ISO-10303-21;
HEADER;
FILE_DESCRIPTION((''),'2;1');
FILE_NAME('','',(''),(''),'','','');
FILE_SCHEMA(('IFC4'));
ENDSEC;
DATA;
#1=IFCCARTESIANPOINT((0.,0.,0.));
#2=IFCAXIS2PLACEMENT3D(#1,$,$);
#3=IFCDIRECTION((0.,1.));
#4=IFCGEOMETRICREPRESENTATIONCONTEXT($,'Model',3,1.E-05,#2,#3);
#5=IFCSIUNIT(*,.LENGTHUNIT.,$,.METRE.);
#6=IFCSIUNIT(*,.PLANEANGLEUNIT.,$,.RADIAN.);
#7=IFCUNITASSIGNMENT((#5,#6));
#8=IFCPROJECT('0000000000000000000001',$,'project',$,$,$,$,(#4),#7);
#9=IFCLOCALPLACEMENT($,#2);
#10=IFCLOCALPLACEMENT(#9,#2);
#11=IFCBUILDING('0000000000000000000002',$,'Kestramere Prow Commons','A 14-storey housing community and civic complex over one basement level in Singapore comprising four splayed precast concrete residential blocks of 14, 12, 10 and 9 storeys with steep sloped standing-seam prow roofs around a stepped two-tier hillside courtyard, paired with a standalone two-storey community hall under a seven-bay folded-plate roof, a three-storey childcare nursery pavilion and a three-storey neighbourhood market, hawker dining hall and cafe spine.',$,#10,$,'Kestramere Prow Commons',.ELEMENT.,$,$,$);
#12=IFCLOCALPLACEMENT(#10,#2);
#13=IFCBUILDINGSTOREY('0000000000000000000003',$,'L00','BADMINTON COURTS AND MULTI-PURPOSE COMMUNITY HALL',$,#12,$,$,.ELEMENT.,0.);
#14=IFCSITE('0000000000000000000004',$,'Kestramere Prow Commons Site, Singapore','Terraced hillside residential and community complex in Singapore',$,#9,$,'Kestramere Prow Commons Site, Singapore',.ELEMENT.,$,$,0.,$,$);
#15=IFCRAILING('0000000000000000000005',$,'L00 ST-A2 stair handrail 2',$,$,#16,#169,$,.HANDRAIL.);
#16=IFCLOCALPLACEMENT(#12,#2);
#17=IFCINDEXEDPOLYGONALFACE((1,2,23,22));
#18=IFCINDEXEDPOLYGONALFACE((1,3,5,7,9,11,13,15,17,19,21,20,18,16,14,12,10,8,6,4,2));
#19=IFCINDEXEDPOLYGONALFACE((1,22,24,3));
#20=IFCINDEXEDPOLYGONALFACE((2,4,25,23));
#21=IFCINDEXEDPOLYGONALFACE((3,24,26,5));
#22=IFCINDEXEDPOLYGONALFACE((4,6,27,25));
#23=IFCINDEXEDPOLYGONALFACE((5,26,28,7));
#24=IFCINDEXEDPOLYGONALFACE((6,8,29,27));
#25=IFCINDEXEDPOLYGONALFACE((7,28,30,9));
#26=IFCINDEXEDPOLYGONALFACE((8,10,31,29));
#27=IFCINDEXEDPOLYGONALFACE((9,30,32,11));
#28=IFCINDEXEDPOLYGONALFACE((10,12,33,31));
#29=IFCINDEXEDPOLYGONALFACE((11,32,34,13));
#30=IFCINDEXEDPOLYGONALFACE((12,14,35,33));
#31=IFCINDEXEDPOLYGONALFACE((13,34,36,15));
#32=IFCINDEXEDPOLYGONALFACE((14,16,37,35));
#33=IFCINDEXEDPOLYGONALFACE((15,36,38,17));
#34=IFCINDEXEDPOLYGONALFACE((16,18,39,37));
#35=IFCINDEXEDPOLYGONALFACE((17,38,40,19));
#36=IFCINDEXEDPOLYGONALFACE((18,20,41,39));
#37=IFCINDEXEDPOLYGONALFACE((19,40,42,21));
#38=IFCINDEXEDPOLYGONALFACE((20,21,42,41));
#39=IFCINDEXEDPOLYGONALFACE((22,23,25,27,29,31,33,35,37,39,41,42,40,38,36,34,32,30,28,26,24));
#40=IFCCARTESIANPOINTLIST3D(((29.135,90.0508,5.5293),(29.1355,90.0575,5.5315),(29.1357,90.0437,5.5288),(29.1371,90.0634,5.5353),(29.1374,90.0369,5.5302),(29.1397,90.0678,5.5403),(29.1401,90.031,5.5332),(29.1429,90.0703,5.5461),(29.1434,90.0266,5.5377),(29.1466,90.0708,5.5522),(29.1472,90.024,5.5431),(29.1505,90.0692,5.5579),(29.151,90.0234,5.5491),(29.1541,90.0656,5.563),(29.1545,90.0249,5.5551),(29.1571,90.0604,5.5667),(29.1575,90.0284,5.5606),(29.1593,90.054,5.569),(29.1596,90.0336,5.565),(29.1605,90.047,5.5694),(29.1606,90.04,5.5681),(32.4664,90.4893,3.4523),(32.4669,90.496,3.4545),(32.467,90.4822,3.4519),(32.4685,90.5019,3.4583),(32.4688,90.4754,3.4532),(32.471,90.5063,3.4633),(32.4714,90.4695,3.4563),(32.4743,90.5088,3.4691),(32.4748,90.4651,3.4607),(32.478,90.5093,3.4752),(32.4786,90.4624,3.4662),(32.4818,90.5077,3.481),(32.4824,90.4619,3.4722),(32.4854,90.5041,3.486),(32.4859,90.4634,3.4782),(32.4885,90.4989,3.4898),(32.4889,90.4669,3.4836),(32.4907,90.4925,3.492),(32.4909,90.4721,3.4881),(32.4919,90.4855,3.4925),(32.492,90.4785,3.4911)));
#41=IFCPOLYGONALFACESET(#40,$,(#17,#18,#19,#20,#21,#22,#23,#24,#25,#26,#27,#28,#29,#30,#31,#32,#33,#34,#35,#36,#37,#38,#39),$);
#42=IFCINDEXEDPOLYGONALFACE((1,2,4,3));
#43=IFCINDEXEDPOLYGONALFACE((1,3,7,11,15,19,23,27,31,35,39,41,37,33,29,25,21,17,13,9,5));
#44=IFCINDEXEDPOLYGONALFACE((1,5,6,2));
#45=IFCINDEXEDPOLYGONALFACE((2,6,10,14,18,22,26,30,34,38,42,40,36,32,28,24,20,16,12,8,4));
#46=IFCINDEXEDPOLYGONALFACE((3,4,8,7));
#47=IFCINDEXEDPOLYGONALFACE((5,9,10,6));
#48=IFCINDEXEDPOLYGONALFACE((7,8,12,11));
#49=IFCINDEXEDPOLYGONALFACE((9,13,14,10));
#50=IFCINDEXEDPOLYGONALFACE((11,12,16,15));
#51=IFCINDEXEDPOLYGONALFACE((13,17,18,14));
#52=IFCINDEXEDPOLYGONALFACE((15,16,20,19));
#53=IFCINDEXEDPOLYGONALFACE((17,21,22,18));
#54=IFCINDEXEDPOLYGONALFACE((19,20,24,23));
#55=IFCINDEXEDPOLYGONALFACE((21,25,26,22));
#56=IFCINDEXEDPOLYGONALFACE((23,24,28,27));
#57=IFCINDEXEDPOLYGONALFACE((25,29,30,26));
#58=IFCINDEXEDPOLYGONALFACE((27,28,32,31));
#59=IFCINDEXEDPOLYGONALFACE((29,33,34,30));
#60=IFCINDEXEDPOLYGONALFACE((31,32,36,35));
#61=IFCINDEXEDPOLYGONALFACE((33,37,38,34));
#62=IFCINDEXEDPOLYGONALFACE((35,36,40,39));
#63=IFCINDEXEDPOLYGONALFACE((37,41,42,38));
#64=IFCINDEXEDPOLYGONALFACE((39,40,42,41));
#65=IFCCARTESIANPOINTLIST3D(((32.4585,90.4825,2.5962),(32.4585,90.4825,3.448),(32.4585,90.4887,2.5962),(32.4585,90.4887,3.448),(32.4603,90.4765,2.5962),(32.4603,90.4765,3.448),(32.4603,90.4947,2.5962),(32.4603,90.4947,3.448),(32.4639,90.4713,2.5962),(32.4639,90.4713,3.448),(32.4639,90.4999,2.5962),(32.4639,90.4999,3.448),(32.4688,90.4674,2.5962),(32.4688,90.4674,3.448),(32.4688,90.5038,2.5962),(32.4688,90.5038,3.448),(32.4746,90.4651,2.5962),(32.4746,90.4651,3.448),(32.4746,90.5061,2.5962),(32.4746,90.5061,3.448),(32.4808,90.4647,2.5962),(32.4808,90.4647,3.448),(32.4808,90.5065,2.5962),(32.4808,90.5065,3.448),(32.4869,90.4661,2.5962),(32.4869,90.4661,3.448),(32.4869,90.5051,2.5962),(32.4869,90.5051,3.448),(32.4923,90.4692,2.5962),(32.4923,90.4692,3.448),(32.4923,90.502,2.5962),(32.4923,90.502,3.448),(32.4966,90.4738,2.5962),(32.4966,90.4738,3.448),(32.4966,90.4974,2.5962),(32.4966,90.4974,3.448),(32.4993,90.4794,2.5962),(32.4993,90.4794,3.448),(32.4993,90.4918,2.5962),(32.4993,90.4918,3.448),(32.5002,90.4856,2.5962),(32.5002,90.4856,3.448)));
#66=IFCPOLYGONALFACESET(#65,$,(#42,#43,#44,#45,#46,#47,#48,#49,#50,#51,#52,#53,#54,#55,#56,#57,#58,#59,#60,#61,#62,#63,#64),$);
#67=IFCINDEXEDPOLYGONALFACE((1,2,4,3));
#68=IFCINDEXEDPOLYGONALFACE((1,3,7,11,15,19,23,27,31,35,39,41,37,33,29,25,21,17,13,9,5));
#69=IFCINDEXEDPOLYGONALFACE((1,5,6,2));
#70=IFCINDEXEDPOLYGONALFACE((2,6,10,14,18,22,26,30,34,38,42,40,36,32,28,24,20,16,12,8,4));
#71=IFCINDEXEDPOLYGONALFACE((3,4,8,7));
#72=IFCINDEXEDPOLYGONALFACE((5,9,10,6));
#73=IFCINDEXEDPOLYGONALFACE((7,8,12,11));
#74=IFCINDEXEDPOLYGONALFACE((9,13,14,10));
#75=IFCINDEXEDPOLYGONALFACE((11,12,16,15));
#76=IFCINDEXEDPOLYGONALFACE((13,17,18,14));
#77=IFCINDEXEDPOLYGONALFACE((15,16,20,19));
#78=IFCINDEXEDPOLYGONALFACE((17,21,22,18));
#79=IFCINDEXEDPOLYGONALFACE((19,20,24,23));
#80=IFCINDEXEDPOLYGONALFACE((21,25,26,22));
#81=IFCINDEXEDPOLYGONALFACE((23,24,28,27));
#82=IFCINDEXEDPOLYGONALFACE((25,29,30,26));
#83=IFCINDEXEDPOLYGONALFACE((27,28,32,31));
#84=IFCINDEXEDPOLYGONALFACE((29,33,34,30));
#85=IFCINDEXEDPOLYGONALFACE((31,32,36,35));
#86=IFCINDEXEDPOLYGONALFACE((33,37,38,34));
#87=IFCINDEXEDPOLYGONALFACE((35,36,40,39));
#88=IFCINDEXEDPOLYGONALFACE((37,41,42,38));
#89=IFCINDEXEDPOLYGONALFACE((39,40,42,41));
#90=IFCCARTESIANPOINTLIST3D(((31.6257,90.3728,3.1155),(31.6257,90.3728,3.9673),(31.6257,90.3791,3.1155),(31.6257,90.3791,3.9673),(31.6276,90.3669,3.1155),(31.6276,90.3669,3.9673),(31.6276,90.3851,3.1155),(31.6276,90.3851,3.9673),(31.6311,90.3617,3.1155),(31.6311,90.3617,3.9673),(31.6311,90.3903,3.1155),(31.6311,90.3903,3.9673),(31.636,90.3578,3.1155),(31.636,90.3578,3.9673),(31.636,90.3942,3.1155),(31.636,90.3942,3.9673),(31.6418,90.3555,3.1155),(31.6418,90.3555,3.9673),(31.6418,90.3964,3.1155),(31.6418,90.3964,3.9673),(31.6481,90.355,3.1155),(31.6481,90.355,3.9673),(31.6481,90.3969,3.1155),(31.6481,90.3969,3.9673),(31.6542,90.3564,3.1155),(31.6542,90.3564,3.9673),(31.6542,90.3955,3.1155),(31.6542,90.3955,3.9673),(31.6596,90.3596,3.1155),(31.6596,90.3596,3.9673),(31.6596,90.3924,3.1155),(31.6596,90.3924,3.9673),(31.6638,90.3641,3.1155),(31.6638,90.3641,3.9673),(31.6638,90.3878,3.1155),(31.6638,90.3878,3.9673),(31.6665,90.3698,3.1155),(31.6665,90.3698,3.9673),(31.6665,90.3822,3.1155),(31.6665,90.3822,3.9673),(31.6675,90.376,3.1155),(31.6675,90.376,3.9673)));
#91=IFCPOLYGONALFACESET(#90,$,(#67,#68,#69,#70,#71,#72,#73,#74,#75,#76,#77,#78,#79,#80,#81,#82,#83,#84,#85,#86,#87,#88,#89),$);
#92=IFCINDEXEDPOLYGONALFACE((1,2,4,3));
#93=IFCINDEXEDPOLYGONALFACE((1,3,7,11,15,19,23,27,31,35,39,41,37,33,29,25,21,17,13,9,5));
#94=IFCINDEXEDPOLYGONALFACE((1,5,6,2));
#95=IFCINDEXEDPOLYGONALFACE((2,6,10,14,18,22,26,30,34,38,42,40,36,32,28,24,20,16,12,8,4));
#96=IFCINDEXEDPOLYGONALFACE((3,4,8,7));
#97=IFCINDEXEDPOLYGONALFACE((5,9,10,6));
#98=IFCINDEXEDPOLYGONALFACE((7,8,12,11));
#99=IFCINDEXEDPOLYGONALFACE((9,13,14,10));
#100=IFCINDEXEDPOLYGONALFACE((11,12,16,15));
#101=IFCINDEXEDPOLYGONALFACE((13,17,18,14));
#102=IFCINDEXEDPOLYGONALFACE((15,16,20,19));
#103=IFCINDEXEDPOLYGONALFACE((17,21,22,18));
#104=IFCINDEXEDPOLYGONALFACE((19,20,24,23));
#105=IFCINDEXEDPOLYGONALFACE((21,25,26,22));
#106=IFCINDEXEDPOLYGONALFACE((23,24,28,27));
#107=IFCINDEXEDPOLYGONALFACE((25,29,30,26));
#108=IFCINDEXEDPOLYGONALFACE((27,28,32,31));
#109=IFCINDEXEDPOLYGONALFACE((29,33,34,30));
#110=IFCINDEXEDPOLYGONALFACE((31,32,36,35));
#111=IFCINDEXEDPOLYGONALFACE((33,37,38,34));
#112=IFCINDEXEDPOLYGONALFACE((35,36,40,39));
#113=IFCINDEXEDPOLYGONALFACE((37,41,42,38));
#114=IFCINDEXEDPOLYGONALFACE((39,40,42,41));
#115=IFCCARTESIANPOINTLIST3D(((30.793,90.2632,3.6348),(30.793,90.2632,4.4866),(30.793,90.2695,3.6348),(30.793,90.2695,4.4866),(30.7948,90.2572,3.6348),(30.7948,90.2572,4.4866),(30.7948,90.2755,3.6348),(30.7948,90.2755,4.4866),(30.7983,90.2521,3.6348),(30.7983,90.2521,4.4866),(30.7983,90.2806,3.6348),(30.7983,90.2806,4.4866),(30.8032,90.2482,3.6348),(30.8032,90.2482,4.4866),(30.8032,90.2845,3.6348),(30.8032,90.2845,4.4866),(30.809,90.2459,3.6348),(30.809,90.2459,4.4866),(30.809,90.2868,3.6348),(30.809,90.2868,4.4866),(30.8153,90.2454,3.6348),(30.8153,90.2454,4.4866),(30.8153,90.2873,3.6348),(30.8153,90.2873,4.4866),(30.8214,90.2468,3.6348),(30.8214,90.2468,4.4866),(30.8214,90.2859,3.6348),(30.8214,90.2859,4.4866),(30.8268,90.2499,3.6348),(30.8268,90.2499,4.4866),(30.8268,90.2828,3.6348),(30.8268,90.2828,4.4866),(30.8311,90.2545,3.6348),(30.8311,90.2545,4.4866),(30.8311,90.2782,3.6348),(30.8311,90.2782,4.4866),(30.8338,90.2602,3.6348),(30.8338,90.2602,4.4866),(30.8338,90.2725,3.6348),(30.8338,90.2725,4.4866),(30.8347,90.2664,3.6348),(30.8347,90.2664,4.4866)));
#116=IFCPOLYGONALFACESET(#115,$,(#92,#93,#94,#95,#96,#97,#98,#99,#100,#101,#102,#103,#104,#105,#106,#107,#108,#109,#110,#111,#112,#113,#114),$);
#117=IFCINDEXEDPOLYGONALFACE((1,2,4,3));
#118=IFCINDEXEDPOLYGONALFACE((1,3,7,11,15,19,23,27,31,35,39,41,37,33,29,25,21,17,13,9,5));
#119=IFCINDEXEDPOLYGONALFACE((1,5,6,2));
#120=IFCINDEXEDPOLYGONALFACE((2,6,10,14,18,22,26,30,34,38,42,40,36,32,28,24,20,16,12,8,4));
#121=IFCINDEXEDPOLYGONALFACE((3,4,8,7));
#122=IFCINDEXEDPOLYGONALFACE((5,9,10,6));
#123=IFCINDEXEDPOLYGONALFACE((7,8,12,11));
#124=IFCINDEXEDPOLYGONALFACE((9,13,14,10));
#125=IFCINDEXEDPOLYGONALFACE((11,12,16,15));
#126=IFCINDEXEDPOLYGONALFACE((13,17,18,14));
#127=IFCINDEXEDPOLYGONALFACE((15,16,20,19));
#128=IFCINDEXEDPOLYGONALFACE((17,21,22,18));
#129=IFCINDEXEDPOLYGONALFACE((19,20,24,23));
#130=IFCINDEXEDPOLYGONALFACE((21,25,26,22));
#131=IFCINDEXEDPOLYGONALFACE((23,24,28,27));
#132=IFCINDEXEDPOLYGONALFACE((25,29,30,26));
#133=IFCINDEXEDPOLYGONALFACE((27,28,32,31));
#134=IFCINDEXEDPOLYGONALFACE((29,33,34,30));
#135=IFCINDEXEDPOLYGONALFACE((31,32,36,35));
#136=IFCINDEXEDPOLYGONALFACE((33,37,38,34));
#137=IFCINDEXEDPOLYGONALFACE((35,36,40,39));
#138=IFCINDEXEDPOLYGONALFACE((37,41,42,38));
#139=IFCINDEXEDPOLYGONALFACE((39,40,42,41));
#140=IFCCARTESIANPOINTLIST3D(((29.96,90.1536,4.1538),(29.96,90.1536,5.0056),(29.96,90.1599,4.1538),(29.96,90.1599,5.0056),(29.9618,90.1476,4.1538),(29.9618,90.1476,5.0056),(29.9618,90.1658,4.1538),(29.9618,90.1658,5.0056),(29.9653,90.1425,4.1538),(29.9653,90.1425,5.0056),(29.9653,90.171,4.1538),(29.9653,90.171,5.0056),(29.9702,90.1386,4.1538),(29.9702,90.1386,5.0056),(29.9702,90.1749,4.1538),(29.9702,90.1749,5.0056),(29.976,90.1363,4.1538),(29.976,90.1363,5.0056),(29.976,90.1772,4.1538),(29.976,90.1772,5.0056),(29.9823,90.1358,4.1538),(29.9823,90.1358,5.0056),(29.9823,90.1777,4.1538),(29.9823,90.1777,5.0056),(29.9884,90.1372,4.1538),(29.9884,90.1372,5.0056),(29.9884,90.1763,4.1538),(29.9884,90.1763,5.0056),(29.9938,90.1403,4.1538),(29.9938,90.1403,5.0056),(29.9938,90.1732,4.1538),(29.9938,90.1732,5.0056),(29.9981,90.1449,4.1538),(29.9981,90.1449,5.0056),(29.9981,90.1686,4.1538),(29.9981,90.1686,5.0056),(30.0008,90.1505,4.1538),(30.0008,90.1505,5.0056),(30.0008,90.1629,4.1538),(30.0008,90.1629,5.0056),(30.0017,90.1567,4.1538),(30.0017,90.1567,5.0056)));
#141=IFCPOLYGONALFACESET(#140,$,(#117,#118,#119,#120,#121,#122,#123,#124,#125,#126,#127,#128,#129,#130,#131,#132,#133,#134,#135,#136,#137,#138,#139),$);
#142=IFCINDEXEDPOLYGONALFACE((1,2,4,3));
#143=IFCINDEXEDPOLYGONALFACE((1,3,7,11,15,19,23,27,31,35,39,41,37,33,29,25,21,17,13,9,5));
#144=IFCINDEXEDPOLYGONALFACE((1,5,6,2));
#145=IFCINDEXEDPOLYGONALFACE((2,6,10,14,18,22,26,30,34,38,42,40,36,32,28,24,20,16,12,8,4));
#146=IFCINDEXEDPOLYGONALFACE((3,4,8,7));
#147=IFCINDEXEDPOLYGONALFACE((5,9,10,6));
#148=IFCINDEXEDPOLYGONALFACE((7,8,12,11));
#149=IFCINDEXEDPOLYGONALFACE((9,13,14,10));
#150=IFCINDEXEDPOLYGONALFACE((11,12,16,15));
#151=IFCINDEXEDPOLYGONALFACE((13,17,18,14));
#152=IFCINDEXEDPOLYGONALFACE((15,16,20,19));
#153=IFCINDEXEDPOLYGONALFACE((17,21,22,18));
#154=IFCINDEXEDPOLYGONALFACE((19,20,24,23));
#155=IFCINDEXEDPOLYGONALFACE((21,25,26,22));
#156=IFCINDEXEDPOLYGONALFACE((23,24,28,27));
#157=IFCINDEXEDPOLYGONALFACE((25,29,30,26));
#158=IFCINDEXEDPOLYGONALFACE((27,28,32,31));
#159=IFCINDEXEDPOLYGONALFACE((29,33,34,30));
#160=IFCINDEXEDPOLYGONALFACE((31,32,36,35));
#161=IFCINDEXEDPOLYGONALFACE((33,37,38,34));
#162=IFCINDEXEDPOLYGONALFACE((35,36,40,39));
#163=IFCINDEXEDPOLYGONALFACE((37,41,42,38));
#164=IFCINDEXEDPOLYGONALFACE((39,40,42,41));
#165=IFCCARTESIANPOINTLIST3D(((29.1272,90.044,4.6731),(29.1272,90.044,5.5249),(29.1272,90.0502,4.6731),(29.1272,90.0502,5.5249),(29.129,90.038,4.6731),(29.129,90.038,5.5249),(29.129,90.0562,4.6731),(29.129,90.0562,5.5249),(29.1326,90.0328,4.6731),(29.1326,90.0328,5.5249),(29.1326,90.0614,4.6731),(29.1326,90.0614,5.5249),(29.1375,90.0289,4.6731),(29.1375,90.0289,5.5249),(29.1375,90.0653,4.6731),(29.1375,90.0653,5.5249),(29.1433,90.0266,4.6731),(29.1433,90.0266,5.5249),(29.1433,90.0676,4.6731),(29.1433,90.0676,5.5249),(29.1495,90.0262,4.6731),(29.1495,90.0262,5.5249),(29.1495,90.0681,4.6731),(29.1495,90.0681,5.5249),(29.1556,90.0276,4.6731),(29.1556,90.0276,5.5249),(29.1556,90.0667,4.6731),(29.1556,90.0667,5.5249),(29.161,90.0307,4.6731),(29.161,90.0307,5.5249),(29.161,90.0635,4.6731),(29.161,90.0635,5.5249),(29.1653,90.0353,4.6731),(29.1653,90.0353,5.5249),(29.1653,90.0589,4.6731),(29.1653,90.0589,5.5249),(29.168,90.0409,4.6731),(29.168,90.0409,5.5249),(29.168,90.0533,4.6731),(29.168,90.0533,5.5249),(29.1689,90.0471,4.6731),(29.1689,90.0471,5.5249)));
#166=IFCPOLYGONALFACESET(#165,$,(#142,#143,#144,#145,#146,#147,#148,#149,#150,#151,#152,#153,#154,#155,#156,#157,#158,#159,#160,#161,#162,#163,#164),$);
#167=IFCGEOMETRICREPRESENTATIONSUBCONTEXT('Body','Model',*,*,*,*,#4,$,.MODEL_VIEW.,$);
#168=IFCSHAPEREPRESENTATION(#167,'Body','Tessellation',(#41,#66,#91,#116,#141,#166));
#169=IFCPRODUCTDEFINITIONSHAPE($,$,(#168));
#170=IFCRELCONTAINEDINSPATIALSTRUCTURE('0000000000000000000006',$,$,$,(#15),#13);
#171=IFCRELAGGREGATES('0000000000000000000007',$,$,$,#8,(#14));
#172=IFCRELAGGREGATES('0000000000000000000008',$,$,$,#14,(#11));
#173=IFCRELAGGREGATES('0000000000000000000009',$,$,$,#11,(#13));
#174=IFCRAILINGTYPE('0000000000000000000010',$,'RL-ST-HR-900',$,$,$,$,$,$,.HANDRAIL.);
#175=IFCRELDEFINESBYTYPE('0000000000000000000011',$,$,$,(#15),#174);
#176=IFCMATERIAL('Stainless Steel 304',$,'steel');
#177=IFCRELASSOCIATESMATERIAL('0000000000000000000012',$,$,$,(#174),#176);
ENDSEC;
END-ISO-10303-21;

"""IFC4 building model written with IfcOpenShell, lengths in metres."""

from ifc_helpers import new_model, si_unit, direction, frame, origin, origin_2d, place, context, subcontext, project, spatial, circle, extrude, material, type_object, element, save


model = new_model("IFC4")

# Units and contexts
model_context = context("Model", 3, precision=1e-05, world=origin(), true_north=direction((0.0, 1.0)))
body_context = subcontext(model_context, "Body", "Model", "MODEL_VIEW")
ifc_project = project(units=[si_unit("LENGTHUNIT", "METRE"), si_unit("PLANEANGLEUNIT", "RADIAN")], contexts=[model_context])

# Site, building, storey
site_placement = place(None, origin())
site = spatial("IfcSite", under=ifc_project, at=site_placement, Name="Kestramere Prow Commons Site, Singapore", Description="Terraced hillside residential and community complex in Singapore", LongName="Kestramere Prow Commons Site, Singapore", CompositionType="ELEMENT", RefElevation=0.0)
building_placement = place(site_placement, origin())
building = spatial("IfcBuilding", under=site, at=building_placement, Name="Kestramere Prow Commons", Description="A 14-storey housing community and civic complex over one basement level in Singapore comprising four splayed precast concrete residential blocks of 14, 12, 10 and 9 storeys with steep sloped standing-seam prow roofs around a stepped two-tier hillside courtyard, paired with a standalone two-storey community hall under a seven-bay folded-plate roof, a three-storey childcare nursery pavilion and a three-storey neighbourhood market, hawker dining hall and cafe spine.", LongName="Kestramere Prow Commons", CompositionType="ELEMENT")
storey_placement = place(building_placement, origin())
storey = spatial("IfcBuildingStorey", under=building, at=storey_placement, Name="L00", Description="BADMINTON COURTS AND MULTI-PURPOSE COMMUNITY HALL", CompositionType="ELEMENT", Elevation=0.0)

# Railing
ifc_material_1 = material(Name="Stainless Steel 304", Category="steel")
railing_type_1 = type_object("IfcRailingType", Name="RL-ST-HR-900", PredefinedType="HANDRAIL", material=ifc_material_1)
for number, where, name in (
    (1, (32.4792, 90.4856, 2.5962), "L00 ST-A2 stair handrail 2"),
):
    element("IfcRailing", number, at=place(storey_placement, frame(where)), inside=storey, type_object=railing_type_1, Name=name, PredefinedType="HANDRAIL", context=body_context, shape_type="SweptSolid", body=[
        extrude(circle(Radius=0.0239, at=origin_2d()), frame((0.0, 0.0, 0.876), z_axis=(-0.843344, -0.111004, 0.525784), x_axis=(0.130498, -0.991449, 0.0)), (0.0, 0.0, 1.0), 3.9502),
        extrude(circle(Radius=0.021, at=origin_2d()), origin(), (0.0, 0.0, 1.0), 0.8518),
        extrude(circle(Radius=0.021, at=origin_2d()), frame((-0.8328, -0.1096, 0.5193)), (0.0, 0.0, 1.0), 0.8518),
        extrude(circle(Radius=0.021, at=origin_2d()), frame((-1.6655, -0.2192, 1.0386)), (0.0, 0.0, 1.0), 0.8518),
        extrude(circle(Radius=0.021, at=origin_2d()), frame((-2.4985, -0.3289, 1.5576)), (0.0, 0.0, 1.0), 0.8518),
        extrude(circle(Radius=0.021, at=origin_2d()), frame((-3.3313, -0.4385, 2.0769)), (0.0, 0.0, 1.0), 0.8518),
    ])

save(model, "model.ifc")
